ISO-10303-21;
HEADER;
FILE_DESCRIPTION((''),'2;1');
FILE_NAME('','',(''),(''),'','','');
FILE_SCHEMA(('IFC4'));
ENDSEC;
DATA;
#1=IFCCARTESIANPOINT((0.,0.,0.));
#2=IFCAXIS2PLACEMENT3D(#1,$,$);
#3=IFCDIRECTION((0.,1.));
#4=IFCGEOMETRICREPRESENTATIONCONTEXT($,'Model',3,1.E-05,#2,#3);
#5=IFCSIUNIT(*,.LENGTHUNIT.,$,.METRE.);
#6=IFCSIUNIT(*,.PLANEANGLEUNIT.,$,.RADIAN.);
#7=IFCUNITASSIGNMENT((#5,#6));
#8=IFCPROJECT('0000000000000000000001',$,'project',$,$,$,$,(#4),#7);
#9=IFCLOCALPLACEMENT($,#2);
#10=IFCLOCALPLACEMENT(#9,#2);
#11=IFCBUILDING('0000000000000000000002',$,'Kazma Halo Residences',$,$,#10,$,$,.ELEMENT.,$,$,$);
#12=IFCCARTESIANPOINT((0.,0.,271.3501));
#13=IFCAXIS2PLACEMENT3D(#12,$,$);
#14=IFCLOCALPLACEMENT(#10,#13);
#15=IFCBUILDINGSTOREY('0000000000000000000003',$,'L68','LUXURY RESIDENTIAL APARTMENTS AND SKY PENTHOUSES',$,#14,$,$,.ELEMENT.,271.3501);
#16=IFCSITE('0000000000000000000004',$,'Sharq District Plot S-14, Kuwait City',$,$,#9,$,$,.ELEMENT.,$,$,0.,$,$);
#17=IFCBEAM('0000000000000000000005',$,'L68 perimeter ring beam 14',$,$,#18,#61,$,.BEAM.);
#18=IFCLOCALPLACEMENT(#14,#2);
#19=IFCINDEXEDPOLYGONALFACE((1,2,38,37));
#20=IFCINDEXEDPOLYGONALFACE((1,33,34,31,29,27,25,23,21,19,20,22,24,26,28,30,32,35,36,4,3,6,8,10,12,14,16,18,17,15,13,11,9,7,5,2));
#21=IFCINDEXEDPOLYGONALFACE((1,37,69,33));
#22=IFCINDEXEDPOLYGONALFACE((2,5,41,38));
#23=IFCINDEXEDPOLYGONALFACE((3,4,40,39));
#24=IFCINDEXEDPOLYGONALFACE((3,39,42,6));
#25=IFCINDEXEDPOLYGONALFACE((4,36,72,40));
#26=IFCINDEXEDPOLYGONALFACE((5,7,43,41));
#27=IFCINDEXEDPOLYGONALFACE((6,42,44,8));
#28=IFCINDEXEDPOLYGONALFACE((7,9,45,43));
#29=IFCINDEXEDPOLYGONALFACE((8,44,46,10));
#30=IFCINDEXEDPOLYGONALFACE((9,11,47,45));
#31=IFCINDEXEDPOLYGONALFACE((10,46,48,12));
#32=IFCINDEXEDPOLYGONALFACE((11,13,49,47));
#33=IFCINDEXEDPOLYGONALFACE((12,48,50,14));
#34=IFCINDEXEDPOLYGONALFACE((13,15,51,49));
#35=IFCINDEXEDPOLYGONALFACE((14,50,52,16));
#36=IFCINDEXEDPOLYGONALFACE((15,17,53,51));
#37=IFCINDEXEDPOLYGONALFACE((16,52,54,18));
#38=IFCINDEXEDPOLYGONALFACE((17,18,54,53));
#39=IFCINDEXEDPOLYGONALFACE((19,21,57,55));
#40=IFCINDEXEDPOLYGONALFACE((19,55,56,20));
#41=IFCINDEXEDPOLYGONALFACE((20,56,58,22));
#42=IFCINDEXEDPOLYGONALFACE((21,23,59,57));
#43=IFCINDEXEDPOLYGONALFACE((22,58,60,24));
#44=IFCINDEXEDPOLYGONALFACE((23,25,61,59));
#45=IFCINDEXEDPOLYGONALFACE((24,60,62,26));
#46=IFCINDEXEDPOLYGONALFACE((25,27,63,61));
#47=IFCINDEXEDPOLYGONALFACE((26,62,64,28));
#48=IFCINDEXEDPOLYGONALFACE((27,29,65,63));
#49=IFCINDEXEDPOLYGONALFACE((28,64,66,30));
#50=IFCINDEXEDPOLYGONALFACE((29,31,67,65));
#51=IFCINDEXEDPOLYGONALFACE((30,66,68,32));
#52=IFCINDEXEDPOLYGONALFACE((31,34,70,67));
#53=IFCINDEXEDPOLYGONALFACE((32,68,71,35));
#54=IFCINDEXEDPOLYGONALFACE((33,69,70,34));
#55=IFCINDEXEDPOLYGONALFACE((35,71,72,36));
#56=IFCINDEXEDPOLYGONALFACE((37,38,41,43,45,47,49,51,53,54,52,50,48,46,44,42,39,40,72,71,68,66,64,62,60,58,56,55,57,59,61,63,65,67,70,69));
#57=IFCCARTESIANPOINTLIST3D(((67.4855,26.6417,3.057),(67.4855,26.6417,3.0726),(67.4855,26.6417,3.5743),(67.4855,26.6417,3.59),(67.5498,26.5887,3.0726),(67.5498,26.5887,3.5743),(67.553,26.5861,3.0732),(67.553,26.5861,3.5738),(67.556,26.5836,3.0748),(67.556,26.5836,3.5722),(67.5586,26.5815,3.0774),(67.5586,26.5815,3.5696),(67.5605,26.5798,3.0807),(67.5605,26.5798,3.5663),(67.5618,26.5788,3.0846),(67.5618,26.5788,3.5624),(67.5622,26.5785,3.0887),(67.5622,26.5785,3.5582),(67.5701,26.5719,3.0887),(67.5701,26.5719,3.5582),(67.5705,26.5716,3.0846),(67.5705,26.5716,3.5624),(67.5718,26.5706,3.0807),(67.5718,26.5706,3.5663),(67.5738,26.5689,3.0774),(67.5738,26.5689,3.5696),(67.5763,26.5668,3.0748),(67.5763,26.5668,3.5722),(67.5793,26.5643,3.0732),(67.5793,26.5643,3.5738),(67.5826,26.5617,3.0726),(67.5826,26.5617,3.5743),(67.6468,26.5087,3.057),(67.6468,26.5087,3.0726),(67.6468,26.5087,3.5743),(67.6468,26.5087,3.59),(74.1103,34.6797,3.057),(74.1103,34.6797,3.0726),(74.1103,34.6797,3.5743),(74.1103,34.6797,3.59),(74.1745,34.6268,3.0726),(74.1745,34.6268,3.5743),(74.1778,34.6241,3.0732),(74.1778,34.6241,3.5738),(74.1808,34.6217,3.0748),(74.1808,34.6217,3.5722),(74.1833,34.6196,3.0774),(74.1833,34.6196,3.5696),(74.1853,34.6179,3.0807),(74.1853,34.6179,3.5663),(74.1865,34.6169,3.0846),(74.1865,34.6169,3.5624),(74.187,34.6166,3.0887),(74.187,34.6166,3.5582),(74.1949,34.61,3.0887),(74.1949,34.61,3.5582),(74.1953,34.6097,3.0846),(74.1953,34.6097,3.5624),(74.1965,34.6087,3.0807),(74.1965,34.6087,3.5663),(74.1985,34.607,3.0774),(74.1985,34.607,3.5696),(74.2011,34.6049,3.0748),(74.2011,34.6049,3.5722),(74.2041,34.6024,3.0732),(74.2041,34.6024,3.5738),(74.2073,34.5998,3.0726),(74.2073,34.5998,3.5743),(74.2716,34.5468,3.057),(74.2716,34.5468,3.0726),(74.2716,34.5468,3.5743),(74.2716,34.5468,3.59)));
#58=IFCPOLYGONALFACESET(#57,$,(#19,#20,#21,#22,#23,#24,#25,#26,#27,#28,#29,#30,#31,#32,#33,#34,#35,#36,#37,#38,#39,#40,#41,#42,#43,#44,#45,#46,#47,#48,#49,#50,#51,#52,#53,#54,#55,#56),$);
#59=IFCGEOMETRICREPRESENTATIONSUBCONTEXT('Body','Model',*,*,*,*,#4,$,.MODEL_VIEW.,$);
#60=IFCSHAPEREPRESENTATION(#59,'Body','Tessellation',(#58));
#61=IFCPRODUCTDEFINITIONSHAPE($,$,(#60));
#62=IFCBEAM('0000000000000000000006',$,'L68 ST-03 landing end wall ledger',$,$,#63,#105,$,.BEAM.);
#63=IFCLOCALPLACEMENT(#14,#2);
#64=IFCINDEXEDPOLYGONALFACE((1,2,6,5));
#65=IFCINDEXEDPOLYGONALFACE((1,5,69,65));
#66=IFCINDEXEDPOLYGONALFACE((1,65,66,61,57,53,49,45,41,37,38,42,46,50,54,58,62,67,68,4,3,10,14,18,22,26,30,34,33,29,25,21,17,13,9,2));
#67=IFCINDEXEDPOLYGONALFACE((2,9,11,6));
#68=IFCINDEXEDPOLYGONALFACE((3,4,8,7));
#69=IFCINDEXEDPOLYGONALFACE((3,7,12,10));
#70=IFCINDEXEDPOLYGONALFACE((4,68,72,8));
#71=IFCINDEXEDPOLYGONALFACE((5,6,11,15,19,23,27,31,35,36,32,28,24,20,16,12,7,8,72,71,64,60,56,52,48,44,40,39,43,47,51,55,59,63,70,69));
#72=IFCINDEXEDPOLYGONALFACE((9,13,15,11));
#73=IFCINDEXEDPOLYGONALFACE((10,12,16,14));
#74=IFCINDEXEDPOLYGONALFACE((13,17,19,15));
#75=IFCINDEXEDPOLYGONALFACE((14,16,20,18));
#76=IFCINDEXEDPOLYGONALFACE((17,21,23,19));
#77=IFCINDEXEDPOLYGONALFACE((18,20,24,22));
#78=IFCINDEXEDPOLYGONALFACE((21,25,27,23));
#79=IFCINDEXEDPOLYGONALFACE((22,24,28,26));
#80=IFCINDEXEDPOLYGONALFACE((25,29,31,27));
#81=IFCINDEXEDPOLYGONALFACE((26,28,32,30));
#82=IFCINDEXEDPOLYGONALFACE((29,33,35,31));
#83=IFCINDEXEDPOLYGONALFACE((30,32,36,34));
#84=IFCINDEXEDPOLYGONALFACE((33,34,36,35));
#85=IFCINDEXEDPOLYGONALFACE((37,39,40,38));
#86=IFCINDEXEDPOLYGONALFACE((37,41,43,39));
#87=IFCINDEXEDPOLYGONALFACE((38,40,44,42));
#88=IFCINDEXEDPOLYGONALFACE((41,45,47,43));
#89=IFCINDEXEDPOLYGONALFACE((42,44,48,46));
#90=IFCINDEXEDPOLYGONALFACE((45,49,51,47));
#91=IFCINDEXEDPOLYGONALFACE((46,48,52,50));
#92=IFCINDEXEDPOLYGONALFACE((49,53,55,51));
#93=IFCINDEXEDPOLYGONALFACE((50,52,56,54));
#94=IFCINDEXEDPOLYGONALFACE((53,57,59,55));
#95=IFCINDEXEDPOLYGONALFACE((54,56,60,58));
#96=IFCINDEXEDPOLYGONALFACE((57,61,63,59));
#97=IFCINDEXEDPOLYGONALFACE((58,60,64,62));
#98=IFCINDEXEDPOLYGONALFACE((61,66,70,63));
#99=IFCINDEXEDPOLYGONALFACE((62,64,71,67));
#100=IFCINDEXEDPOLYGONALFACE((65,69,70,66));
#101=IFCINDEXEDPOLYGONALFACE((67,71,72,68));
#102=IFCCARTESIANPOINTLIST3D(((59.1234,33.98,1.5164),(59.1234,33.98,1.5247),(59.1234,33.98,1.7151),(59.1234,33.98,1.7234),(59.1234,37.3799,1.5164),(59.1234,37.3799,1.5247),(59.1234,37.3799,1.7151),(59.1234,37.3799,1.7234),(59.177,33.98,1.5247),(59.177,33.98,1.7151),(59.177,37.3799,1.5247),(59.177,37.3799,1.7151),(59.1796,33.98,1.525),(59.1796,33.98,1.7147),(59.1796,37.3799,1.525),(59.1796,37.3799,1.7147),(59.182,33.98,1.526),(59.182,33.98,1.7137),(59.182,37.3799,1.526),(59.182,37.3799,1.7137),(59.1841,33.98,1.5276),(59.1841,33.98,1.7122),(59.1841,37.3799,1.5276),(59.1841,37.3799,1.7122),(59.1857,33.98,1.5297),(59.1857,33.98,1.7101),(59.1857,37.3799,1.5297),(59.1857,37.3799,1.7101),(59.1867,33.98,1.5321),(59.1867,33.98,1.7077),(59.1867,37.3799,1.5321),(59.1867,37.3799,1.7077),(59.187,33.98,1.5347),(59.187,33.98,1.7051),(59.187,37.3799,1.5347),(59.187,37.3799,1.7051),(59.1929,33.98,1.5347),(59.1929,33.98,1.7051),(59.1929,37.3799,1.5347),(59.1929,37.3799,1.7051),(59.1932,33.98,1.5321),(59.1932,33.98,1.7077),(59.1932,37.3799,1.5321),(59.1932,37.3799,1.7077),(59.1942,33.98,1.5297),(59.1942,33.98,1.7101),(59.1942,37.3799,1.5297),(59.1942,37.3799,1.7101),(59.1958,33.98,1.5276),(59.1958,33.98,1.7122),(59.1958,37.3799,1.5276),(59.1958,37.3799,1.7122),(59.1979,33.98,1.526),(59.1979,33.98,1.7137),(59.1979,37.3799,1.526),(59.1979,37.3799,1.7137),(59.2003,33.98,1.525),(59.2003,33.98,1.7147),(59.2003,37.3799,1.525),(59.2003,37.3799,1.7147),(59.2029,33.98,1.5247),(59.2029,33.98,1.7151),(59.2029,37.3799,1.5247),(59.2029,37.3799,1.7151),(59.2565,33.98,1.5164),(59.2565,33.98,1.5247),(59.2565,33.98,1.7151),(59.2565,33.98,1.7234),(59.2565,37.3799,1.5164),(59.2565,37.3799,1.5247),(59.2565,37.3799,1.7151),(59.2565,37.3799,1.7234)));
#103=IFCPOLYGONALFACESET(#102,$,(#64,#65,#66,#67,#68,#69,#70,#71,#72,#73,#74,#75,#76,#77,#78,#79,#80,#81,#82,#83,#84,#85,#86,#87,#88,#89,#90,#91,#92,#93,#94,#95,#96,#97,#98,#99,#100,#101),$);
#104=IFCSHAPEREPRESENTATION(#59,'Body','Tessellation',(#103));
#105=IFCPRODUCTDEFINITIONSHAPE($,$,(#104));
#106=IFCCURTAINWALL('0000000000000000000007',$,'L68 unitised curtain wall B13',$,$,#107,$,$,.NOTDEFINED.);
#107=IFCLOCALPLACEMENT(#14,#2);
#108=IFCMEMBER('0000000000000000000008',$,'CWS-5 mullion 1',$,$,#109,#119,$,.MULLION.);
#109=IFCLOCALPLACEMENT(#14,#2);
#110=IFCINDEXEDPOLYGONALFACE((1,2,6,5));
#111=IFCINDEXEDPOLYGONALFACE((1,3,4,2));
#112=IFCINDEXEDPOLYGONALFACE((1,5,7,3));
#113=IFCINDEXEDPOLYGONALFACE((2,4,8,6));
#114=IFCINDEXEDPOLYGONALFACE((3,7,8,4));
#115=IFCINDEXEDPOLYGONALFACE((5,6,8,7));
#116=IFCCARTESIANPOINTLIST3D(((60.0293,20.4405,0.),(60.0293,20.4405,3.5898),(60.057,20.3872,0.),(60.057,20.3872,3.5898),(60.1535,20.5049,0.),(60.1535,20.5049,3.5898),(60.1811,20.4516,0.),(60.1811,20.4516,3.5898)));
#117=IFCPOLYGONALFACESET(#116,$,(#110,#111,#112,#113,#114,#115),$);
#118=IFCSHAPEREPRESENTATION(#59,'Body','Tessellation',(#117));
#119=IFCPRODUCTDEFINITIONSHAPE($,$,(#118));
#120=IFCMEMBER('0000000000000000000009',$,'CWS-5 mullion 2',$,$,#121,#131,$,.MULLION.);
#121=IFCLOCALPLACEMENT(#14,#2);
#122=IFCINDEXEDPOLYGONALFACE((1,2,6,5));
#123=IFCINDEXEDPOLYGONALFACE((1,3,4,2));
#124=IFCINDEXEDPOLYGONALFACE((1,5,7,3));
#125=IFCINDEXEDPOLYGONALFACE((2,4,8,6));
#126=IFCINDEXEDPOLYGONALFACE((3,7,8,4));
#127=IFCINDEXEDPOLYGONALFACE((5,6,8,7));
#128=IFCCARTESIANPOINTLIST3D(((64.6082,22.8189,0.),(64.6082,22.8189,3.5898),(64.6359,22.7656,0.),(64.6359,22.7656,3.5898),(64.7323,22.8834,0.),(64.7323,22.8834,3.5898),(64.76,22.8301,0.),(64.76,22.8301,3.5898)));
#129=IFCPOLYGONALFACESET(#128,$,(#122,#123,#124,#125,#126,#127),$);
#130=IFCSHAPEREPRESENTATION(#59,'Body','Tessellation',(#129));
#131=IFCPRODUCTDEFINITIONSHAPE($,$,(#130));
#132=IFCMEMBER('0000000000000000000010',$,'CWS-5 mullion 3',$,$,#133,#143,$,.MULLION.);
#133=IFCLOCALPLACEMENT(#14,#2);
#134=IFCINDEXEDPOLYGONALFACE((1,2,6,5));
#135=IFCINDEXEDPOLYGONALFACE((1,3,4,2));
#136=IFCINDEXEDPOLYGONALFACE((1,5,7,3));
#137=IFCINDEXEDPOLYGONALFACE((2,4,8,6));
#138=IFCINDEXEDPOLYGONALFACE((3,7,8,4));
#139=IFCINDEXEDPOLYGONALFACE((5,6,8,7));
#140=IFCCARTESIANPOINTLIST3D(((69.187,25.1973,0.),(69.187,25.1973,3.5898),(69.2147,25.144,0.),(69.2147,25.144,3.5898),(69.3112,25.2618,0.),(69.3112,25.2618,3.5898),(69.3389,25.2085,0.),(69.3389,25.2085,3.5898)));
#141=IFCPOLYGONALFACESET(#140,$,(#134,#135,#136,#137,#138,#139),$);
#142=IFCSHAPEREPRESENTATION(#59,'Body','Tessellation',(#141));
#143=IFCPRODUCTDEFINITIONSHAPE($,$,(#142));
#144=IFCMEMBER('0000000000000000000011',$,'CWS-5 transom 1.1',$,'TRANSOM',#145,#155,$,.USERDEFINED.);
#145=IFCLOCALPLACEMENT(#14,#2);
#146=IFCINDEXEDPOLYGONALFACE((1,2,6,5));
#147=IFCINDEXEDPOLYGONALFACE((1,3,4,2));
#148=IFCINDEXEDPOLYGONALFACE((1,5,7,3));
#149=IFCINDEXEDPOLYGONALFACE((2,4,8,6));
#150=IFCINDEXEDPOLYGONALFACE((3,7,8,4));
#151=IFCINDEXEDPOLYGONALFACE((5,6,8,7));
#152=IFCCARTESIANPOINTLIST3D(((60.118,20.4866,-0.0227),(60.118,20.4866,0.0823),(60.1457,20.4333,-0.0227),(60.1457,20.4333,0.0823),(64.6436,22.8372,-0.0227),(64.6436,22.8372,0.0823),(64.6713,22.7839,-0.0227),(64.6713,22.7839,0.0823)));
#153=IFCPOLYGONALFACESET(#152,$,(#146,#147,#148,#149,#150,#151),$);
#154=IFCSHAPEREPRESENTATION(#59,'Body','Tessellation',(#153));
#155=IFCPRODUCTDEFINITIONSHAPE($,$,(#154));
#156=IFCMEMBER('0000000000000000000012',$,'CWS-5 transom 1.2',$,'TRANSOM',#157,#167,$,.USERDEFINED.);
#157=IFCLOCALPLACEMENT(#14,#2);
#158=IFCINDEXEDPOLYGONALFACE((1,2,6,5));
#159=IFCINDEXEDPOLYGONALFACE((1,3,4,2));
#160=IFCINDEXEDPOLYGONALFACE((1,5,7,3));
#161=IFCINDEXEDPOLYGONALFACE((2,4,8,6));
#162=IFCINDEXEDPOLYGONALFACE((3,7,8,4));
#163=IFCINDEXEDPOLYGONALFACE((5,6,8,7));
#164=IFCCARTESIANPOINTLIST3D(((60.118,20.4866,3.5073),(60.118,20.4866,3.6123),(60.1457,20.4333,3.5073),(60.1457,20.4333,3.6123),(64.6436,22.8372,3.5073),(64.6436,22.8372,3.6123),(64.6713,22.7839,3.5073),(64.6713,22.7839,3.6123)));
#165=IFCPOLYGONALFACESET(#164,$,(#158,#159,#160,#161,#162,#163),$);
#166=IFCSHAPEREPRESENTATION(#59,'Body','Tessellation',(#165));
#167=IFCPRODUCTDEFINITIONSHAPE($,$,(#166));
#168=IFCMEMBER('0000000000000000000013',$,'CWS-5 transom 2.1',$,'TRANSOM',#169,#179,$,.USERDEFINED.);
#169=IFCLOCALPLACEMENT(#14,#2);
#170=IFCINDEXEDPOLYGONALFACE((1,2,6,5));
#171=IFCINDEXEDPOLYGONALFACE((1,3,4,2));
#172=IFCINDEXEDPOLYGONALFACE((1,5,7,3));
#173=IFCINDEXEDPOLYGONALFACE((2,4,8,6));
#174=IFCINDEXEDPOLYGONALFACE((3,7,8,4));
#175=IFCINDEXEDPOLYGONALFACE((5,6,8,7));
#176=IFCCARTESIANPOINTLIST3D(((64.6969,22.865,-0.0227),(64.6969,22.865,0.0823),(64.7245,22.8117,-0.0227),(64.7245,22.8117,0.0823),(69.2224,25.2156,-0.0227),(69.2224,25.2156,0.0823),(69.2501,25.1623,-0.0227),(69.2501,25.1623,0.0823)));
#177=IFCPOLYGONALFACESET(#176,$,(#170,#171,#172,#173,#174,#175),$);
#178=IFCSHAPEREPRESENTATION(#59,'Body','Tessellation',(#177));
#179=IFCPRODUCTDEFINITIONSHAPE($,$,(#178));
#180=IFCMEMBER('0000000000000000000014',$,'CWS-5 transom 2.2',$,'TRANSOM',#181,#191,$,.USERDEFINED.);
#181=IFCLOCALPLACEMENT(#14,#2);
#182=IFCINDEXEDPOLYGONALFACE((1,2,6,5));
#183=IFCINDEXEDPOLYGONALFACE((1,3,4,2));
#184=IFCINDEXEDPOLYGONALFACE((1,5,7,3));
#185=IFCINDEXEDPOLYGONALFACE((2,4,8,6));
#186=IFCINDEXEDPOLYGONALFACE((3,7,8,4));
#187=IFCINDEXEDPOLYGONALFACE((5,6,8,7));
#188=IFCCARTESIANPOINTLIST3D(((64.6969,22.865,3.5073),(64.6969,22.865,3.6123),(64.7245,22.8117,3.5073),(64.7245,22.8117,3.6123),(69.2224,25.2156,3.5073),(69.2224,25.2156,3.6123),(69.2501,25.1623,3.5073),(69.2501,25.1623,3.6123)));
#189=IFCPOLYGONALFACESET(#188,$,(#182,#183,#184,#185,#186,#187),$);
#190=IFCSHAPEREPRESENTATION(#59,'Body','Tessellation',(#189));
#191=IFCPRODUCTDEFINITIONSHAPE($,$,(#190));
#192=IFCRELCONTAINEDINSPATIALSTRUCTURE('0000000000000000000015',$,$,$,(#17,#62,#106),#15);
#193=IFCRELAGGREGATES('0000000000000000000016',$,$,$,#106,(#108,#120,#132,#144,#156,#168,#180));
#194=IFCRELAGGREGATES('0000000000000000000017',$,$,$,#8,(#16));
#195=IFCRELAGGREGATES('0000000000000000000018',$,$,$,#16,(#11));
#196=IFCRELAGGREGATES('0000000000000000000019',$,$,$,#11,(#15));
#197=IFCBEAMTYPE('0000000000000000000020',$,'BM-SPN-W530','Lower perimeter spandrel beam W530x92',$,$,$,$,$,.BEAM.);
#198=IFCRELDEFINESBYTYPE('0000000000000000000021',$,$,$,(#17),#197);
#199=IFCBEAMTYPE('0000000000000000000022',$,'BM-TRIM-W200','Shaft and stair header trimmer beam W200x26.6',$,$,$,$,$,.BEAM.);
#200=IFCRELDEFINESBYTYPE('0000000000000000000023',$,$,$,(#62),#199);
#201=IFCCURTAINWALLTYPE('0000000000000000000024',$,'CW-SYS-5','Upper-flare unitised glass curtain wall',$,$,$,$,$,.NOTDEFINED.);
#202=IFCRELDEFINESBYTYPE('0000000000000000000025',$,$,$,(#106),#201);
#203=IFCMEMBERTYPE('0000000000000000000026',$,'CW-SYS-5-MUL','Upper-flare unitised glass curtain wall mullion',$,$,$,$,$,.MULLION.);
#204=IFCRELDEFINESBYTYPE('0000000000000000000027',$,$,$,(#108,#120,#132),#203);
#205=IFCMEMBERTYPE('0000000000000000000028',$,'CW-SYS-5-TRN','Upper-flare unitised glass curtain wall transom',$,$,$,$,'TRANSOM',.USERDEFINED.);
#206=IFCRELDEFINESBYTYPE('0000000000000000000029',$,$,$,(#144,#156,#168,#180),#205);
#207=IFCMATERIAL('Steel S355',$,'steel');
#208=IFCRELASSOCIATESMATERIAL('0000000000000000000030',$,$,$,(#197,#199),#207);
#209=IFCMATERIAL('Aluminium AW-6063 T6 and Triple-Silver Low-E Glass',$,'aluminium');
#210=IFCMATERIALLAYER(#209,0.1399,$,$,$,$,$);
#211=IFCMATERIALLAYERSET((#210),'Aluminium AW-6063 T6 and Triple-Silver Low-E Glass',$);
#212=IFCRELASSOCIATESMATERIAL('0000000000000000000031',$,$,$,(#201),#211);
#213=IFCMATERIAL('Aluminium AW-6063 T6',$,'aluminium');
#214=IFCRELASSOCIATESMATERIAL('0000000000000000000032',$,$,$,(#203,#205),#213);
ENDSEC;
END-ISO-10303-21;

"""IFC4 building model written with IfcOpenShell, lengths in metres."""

from ifc_helpers import new_model, si_unit, direction, frame, origin, origin_2d, place, context, subcontext, project, spatial, rectangle, i_section, extrude, material, layer, layer_set, material_profile, profile_set, type_object, element, aggregate, save


model = new_model("IFC4")

# Units and contexts
model_context = context("Model", 3, precision=1e-05, world=origin(), true_north=direction((0.0, 1.0)))
body_context = subcontext(model_context, "Body", "Model", "MODEL_VIEW")
ifc_project = project(units=[si_unit("LENGTHUNIT", "METRE"), si_unit("PLANEANGLEUNIT", "RADIAN")], contexts=[model_context])

# Site, building, storey
site_placement = place(None, origin())
site = spatial("IfcSite", under=ifc_project, at=site_placement, Name="Sharq District Plot S-14, Kuwait City", CompositionType="ELEMENT", RefElevation=0.0)
building_placement = place(site_placement, origin())
building = spatial("IfcBuilding", under=site, at=building_placement, Name="Kazma Halo Residences", CompositionType="ELEMENT")
storey_placement = place(building_placement, frame((0.0, 0.0, 271.3501)))
storey = spatial("IfcBuildingStorey", under=building, at=storey_placement, Name="L68", Description="LUXURY RESIDENTIAL APARTMENTS AND SKY PENTHOUSES", CompositionType="ELEMENT", Elevation=271.3501)

# Beams
ifc_material_1 = material(Name="Steel S355", Category="steel")
ifc_material_profile_1 = material_profile(ifc_material_1, i_section(OverallWidth=0.209, OverallDepth=0.533, WebThickness=0.0103, FlangeThickness=0.0156, FilletRadius=0.0161, at=origin_2d()), Name="W530x92")
ifc_profile_set_1 = profile_set([ifc_material_profile_1], Name="Steel S355")
beam_type_1 = type_object("IfcBeamType", Name="BM-SPN-W530", Description="Lower perimeter spandrel beam W530x92", PredefinedType="BEAM", material=ifc_profile_set_1)
beam_1_placement = place(storey_placement, frame((67.5662, 26.5752, 3.3235), z_axis=(0.636002, 0.771687, 0.0), x_axis=(-0.771687, 0.636002, 0.0)))
element("IfcBeam", 1, at=beam_1_placement, inside=storey, type_object=beam_type_1, Name="L68 perimeter ring beam 14", PredefinedType="BEAM", context=body_context, shape_type="SweptSolid", body=[
    extrude(i_section(OverallWidth=0.209, OverallDepth=0.533, WebThickness=0.0103, FlangeThickness=0.0156, FilletRadius=0.0161, at=origin_2d()), origin(), (0.0, 0.0, 1.0), 10.4163),
])
ifc_material_profile_2 = material_profile(ifc_material_1, i_section(OverallWidth=0.1331, OverallDepth=0.207, WebThickness=0.0059, FlangeThickness=0.0083, FilletRadius=0.01, at=origin_2d()), Name="W200x26.6")
ifc_profile_set_2 = profile_set([ifc_material_profile_2], Name="Steel S355")
beam_type_2 = type_object("IfcBeamType", Name="BM-TRIM-W200", Description="Shaft and stair header trimmer beam W200x26.6", PredefinedType="BEAM", material=ifc_profile_set_2)
beam_2_placement = place(storey_placement, frame((59.1899, 33.98, 1.6199), z_axis=(0.0, 1.0, 0.0), x_axis=(-1.0, 0.0, 0.0)))
element("IfcBeam", 2, at=beam_2_placement, inside=storey, type_object=beam_type_2, Name="L68 ST-03 landing end wall ledger", PredefinedType="BEAM", context=body_context, shape_type="SweptSolid", body=[
    extrude(i_section(OverallWidth=0.1331, OverallDepth=0.207, WebThickness=0.0059, FlangeThickness=0.0083, FilletRadius=0.01, at=origin_2d()), origin(), (0.0, 0.0, 1.0), 3.3999),
])

# Curtain wall, members
ifc_material_2 = material(Name="Aluminium AW-6063 T6 and Triple-Silver Low-E Glass", Category="aluminium")
ifc_layer_1 = layer(ifc_material_2, 0.1399)
ifc_layer_set_1 = layer_set([ifc_layer_1], Name="Aluminium AW-6063 T6 and Triple-Silver Low-E Glass")
curtain_wall_type = type_object("IfcCurtainWallType", Name="CW-SYS-5", Description="Upper-flare unitised glass curtain wall", PredefinedType="NOTDEFINED", material=ifc_layer_set_1)
curtain_wall_placement = place(storey_placement, origin())
curtain_wall = element("IfcCurtainWall", 3, at=curtain_wall_placement, inside=storey, type_object=curtain_wall_type, Name="L68 unitised curtain wall B13", PredefinedType="NOTDEFINED")
ifc_material_3 = material(Name="Aluminium AW-6063 T6", Category="aluminium")
ifc_material_profile_3 = material_profile(ifc_material_3, rectangle(XDim=0.0601, YDim=0.1399, at=origin_2d()), Name="CWM-60x140")
ifc_profile_set_3 = profile_set([ifc_material_profile_3], Name="Aluminium AW-6063 T6")
member_type_1 = type_object("IfcMemberType", Name="CW-SYS-5-MUL", Description="Upper-flare unitised glass curtain wall mullion", PredefinedType="MULLION", material=ifc_profile_set_3)
member_1_placement = place(storey_placement, frame((60.1052, 20.446, 0.0), z_axis=(0.0, 0.0, 1.0), x_axis=(-0.460961, 0.887421, 0.0)))
member_1 = element("IfcMember", 4, at=member_1_placement, type_object=member_type_1, Name="CWS-5 mullion 1", PredefinedType="MULLION", context=body_context, shape_type="SweptSolid", body=[
    extrude(rectangle(XDim=0.0601, YDim=0.1399, at=origin_2d()), origin(), (0.0, 0.0, 1.0), 3.5898),
])
member_2_placement = place(storey_placement, frame((64.6841, 22.8245, 0.0), z_axis=(0.0, 0.0, 1.0), x_axis=(-0.460961, 0.887421, 0.0)))
member_2 = element("IfcMember", 5, at=member_2_placement, type_object=member_type_1, Name="CWS-5 mullion 2", PredefinedType="MULLION", context=body_context, shape_type="SweptSolid", body=[
    extrude(rectangle(XDim=0.0601, YDim=0.1399, at=origin_2d()), origin(), (0.0, 0.0, 1.0), 3.5898),
])
member_3_placement = place(storey_placement, frame((69.2629, 25.2029, 0.0), z_axis=(0.0, 0.0, 1.0), x_axis=(-0.460961, 0.887421, 0.0)))
member_3 = element("IfcMember", 6, at=member_3_placement, type_object=member_type_1, Name="CWS-5 mullion 3", PredefinedType="MULLION", context=body_context, shape_type="SweptSolid", body=[
    extrude(rectangle(XDim=0.0601, YDim=0.1399, at=origin_2d()), origin(), (0.0, 0.0, 1.0), 3.5898),
])
ifc_material_profile_4 = material_profile(ifc_material_3, rectangle(XDim=0.0601, YDim=0.105, at=origin_2d()), Name="CWT-60x105")
ifc_profile_set_4 = profile_set([ifc_material_profile_4], Name="Aluminium AW-6063 T6")
member_type_2 = type_object("IfcMemberType", Name="CW-SYS-5-TRN", Description="Upper-flare unitised glass curtain wall transom", ElementType="TRANSOM", PredefinedType="USERDEFINED", material=ifc_profile_set_4)
member_4_placement = place(storey_placement, frame((60.1318, 20.46, 0.0298), z_axis=(0.887437, 0.460929, 0.0), x_axis=(-0.460929, 0.887437, 0.0)))
member_4 = element("IfcMember", 7, at=member_4_placement, type_object=member_type_2, Name="CWS-5 transom 1.1", ObjectType="TRANSOM", PredefinedType="USERDEFINED", context=body_context, shape_type="SweptSolid", body=[
    extrude(rectangle(XDim=0.0601, YDim=0.105, at=origin_2d()), origin(), (0.0, 0.0, 1.0), 5.0996),
])
member_5_placement = place(storey_placement, frame((60.1318, 20.46, 3.5598), z_axis=(0.887437, 0.460929, 0.0), x_axis=(-0.460929, 0.887437, 0.0)))
member_5 = element("IfcMember", 8, at=member_5_placement, type_object=member_type_2, Name="CWS-5 transom 1.2", ObjectType="TRANSOM", PredefinedType="USERDEFINED", context=body_context, shape_type="SweptSolid", body=[
    extrude(rectangle(XDim=0.0601, YDim=0.105, at=origin_2d()), origin(), (0.0, 0.0, 1.0), 5.0996),
])
member_6_placement = place(storey_placement, frame((64.7107, 22.8384, 0.0298), z_axis=(0.887437, 0.460929, 0.0), x_axis=(-0.460929, 0.887437, 0.0)))
member_6 = element("IfcMember", 9, at=member_6_placement, type_object=member_type_2, Name="CWS-5 transom 2.1", ObjectType="TRANSOM", PredefinedType="USERDEFINED", context=body_context, shape_type="SweptSolid", body=[
    extrude(rectangle(XDim=0.0601, YDim=0.105, at=origin_2d()), origin(), (0.0, 0.0, 1.0), 5.0996),
])
member_7_placement = place(storey_placement, frame((64.7107, 22.8384, 3.5598), z_axis=(0.887437, 0.460929, 0.0), x_axis=(-0.460929, 0.887437, 0.0)))
member_7 = element("IfcMember", 10, at=member_7_placement, type_object=member_type_2, Name="CWS-5 transom 2.2", ObjectType="TRANSOM", PredefinedType="USERDEFINED", context=body_context, shape_type="SweptSolid", body=[
    extrude(rectangle(XDim=0.0601, YDim=0.105, at=origin_2d()), origin(), (0.0, 0.0, 1.0), 5.0996),
])
aggregate(curtain_wall, [member_1, member_2, member_3, member_4, member_5, member_6, member_7])

save(model, "model.ifc")
